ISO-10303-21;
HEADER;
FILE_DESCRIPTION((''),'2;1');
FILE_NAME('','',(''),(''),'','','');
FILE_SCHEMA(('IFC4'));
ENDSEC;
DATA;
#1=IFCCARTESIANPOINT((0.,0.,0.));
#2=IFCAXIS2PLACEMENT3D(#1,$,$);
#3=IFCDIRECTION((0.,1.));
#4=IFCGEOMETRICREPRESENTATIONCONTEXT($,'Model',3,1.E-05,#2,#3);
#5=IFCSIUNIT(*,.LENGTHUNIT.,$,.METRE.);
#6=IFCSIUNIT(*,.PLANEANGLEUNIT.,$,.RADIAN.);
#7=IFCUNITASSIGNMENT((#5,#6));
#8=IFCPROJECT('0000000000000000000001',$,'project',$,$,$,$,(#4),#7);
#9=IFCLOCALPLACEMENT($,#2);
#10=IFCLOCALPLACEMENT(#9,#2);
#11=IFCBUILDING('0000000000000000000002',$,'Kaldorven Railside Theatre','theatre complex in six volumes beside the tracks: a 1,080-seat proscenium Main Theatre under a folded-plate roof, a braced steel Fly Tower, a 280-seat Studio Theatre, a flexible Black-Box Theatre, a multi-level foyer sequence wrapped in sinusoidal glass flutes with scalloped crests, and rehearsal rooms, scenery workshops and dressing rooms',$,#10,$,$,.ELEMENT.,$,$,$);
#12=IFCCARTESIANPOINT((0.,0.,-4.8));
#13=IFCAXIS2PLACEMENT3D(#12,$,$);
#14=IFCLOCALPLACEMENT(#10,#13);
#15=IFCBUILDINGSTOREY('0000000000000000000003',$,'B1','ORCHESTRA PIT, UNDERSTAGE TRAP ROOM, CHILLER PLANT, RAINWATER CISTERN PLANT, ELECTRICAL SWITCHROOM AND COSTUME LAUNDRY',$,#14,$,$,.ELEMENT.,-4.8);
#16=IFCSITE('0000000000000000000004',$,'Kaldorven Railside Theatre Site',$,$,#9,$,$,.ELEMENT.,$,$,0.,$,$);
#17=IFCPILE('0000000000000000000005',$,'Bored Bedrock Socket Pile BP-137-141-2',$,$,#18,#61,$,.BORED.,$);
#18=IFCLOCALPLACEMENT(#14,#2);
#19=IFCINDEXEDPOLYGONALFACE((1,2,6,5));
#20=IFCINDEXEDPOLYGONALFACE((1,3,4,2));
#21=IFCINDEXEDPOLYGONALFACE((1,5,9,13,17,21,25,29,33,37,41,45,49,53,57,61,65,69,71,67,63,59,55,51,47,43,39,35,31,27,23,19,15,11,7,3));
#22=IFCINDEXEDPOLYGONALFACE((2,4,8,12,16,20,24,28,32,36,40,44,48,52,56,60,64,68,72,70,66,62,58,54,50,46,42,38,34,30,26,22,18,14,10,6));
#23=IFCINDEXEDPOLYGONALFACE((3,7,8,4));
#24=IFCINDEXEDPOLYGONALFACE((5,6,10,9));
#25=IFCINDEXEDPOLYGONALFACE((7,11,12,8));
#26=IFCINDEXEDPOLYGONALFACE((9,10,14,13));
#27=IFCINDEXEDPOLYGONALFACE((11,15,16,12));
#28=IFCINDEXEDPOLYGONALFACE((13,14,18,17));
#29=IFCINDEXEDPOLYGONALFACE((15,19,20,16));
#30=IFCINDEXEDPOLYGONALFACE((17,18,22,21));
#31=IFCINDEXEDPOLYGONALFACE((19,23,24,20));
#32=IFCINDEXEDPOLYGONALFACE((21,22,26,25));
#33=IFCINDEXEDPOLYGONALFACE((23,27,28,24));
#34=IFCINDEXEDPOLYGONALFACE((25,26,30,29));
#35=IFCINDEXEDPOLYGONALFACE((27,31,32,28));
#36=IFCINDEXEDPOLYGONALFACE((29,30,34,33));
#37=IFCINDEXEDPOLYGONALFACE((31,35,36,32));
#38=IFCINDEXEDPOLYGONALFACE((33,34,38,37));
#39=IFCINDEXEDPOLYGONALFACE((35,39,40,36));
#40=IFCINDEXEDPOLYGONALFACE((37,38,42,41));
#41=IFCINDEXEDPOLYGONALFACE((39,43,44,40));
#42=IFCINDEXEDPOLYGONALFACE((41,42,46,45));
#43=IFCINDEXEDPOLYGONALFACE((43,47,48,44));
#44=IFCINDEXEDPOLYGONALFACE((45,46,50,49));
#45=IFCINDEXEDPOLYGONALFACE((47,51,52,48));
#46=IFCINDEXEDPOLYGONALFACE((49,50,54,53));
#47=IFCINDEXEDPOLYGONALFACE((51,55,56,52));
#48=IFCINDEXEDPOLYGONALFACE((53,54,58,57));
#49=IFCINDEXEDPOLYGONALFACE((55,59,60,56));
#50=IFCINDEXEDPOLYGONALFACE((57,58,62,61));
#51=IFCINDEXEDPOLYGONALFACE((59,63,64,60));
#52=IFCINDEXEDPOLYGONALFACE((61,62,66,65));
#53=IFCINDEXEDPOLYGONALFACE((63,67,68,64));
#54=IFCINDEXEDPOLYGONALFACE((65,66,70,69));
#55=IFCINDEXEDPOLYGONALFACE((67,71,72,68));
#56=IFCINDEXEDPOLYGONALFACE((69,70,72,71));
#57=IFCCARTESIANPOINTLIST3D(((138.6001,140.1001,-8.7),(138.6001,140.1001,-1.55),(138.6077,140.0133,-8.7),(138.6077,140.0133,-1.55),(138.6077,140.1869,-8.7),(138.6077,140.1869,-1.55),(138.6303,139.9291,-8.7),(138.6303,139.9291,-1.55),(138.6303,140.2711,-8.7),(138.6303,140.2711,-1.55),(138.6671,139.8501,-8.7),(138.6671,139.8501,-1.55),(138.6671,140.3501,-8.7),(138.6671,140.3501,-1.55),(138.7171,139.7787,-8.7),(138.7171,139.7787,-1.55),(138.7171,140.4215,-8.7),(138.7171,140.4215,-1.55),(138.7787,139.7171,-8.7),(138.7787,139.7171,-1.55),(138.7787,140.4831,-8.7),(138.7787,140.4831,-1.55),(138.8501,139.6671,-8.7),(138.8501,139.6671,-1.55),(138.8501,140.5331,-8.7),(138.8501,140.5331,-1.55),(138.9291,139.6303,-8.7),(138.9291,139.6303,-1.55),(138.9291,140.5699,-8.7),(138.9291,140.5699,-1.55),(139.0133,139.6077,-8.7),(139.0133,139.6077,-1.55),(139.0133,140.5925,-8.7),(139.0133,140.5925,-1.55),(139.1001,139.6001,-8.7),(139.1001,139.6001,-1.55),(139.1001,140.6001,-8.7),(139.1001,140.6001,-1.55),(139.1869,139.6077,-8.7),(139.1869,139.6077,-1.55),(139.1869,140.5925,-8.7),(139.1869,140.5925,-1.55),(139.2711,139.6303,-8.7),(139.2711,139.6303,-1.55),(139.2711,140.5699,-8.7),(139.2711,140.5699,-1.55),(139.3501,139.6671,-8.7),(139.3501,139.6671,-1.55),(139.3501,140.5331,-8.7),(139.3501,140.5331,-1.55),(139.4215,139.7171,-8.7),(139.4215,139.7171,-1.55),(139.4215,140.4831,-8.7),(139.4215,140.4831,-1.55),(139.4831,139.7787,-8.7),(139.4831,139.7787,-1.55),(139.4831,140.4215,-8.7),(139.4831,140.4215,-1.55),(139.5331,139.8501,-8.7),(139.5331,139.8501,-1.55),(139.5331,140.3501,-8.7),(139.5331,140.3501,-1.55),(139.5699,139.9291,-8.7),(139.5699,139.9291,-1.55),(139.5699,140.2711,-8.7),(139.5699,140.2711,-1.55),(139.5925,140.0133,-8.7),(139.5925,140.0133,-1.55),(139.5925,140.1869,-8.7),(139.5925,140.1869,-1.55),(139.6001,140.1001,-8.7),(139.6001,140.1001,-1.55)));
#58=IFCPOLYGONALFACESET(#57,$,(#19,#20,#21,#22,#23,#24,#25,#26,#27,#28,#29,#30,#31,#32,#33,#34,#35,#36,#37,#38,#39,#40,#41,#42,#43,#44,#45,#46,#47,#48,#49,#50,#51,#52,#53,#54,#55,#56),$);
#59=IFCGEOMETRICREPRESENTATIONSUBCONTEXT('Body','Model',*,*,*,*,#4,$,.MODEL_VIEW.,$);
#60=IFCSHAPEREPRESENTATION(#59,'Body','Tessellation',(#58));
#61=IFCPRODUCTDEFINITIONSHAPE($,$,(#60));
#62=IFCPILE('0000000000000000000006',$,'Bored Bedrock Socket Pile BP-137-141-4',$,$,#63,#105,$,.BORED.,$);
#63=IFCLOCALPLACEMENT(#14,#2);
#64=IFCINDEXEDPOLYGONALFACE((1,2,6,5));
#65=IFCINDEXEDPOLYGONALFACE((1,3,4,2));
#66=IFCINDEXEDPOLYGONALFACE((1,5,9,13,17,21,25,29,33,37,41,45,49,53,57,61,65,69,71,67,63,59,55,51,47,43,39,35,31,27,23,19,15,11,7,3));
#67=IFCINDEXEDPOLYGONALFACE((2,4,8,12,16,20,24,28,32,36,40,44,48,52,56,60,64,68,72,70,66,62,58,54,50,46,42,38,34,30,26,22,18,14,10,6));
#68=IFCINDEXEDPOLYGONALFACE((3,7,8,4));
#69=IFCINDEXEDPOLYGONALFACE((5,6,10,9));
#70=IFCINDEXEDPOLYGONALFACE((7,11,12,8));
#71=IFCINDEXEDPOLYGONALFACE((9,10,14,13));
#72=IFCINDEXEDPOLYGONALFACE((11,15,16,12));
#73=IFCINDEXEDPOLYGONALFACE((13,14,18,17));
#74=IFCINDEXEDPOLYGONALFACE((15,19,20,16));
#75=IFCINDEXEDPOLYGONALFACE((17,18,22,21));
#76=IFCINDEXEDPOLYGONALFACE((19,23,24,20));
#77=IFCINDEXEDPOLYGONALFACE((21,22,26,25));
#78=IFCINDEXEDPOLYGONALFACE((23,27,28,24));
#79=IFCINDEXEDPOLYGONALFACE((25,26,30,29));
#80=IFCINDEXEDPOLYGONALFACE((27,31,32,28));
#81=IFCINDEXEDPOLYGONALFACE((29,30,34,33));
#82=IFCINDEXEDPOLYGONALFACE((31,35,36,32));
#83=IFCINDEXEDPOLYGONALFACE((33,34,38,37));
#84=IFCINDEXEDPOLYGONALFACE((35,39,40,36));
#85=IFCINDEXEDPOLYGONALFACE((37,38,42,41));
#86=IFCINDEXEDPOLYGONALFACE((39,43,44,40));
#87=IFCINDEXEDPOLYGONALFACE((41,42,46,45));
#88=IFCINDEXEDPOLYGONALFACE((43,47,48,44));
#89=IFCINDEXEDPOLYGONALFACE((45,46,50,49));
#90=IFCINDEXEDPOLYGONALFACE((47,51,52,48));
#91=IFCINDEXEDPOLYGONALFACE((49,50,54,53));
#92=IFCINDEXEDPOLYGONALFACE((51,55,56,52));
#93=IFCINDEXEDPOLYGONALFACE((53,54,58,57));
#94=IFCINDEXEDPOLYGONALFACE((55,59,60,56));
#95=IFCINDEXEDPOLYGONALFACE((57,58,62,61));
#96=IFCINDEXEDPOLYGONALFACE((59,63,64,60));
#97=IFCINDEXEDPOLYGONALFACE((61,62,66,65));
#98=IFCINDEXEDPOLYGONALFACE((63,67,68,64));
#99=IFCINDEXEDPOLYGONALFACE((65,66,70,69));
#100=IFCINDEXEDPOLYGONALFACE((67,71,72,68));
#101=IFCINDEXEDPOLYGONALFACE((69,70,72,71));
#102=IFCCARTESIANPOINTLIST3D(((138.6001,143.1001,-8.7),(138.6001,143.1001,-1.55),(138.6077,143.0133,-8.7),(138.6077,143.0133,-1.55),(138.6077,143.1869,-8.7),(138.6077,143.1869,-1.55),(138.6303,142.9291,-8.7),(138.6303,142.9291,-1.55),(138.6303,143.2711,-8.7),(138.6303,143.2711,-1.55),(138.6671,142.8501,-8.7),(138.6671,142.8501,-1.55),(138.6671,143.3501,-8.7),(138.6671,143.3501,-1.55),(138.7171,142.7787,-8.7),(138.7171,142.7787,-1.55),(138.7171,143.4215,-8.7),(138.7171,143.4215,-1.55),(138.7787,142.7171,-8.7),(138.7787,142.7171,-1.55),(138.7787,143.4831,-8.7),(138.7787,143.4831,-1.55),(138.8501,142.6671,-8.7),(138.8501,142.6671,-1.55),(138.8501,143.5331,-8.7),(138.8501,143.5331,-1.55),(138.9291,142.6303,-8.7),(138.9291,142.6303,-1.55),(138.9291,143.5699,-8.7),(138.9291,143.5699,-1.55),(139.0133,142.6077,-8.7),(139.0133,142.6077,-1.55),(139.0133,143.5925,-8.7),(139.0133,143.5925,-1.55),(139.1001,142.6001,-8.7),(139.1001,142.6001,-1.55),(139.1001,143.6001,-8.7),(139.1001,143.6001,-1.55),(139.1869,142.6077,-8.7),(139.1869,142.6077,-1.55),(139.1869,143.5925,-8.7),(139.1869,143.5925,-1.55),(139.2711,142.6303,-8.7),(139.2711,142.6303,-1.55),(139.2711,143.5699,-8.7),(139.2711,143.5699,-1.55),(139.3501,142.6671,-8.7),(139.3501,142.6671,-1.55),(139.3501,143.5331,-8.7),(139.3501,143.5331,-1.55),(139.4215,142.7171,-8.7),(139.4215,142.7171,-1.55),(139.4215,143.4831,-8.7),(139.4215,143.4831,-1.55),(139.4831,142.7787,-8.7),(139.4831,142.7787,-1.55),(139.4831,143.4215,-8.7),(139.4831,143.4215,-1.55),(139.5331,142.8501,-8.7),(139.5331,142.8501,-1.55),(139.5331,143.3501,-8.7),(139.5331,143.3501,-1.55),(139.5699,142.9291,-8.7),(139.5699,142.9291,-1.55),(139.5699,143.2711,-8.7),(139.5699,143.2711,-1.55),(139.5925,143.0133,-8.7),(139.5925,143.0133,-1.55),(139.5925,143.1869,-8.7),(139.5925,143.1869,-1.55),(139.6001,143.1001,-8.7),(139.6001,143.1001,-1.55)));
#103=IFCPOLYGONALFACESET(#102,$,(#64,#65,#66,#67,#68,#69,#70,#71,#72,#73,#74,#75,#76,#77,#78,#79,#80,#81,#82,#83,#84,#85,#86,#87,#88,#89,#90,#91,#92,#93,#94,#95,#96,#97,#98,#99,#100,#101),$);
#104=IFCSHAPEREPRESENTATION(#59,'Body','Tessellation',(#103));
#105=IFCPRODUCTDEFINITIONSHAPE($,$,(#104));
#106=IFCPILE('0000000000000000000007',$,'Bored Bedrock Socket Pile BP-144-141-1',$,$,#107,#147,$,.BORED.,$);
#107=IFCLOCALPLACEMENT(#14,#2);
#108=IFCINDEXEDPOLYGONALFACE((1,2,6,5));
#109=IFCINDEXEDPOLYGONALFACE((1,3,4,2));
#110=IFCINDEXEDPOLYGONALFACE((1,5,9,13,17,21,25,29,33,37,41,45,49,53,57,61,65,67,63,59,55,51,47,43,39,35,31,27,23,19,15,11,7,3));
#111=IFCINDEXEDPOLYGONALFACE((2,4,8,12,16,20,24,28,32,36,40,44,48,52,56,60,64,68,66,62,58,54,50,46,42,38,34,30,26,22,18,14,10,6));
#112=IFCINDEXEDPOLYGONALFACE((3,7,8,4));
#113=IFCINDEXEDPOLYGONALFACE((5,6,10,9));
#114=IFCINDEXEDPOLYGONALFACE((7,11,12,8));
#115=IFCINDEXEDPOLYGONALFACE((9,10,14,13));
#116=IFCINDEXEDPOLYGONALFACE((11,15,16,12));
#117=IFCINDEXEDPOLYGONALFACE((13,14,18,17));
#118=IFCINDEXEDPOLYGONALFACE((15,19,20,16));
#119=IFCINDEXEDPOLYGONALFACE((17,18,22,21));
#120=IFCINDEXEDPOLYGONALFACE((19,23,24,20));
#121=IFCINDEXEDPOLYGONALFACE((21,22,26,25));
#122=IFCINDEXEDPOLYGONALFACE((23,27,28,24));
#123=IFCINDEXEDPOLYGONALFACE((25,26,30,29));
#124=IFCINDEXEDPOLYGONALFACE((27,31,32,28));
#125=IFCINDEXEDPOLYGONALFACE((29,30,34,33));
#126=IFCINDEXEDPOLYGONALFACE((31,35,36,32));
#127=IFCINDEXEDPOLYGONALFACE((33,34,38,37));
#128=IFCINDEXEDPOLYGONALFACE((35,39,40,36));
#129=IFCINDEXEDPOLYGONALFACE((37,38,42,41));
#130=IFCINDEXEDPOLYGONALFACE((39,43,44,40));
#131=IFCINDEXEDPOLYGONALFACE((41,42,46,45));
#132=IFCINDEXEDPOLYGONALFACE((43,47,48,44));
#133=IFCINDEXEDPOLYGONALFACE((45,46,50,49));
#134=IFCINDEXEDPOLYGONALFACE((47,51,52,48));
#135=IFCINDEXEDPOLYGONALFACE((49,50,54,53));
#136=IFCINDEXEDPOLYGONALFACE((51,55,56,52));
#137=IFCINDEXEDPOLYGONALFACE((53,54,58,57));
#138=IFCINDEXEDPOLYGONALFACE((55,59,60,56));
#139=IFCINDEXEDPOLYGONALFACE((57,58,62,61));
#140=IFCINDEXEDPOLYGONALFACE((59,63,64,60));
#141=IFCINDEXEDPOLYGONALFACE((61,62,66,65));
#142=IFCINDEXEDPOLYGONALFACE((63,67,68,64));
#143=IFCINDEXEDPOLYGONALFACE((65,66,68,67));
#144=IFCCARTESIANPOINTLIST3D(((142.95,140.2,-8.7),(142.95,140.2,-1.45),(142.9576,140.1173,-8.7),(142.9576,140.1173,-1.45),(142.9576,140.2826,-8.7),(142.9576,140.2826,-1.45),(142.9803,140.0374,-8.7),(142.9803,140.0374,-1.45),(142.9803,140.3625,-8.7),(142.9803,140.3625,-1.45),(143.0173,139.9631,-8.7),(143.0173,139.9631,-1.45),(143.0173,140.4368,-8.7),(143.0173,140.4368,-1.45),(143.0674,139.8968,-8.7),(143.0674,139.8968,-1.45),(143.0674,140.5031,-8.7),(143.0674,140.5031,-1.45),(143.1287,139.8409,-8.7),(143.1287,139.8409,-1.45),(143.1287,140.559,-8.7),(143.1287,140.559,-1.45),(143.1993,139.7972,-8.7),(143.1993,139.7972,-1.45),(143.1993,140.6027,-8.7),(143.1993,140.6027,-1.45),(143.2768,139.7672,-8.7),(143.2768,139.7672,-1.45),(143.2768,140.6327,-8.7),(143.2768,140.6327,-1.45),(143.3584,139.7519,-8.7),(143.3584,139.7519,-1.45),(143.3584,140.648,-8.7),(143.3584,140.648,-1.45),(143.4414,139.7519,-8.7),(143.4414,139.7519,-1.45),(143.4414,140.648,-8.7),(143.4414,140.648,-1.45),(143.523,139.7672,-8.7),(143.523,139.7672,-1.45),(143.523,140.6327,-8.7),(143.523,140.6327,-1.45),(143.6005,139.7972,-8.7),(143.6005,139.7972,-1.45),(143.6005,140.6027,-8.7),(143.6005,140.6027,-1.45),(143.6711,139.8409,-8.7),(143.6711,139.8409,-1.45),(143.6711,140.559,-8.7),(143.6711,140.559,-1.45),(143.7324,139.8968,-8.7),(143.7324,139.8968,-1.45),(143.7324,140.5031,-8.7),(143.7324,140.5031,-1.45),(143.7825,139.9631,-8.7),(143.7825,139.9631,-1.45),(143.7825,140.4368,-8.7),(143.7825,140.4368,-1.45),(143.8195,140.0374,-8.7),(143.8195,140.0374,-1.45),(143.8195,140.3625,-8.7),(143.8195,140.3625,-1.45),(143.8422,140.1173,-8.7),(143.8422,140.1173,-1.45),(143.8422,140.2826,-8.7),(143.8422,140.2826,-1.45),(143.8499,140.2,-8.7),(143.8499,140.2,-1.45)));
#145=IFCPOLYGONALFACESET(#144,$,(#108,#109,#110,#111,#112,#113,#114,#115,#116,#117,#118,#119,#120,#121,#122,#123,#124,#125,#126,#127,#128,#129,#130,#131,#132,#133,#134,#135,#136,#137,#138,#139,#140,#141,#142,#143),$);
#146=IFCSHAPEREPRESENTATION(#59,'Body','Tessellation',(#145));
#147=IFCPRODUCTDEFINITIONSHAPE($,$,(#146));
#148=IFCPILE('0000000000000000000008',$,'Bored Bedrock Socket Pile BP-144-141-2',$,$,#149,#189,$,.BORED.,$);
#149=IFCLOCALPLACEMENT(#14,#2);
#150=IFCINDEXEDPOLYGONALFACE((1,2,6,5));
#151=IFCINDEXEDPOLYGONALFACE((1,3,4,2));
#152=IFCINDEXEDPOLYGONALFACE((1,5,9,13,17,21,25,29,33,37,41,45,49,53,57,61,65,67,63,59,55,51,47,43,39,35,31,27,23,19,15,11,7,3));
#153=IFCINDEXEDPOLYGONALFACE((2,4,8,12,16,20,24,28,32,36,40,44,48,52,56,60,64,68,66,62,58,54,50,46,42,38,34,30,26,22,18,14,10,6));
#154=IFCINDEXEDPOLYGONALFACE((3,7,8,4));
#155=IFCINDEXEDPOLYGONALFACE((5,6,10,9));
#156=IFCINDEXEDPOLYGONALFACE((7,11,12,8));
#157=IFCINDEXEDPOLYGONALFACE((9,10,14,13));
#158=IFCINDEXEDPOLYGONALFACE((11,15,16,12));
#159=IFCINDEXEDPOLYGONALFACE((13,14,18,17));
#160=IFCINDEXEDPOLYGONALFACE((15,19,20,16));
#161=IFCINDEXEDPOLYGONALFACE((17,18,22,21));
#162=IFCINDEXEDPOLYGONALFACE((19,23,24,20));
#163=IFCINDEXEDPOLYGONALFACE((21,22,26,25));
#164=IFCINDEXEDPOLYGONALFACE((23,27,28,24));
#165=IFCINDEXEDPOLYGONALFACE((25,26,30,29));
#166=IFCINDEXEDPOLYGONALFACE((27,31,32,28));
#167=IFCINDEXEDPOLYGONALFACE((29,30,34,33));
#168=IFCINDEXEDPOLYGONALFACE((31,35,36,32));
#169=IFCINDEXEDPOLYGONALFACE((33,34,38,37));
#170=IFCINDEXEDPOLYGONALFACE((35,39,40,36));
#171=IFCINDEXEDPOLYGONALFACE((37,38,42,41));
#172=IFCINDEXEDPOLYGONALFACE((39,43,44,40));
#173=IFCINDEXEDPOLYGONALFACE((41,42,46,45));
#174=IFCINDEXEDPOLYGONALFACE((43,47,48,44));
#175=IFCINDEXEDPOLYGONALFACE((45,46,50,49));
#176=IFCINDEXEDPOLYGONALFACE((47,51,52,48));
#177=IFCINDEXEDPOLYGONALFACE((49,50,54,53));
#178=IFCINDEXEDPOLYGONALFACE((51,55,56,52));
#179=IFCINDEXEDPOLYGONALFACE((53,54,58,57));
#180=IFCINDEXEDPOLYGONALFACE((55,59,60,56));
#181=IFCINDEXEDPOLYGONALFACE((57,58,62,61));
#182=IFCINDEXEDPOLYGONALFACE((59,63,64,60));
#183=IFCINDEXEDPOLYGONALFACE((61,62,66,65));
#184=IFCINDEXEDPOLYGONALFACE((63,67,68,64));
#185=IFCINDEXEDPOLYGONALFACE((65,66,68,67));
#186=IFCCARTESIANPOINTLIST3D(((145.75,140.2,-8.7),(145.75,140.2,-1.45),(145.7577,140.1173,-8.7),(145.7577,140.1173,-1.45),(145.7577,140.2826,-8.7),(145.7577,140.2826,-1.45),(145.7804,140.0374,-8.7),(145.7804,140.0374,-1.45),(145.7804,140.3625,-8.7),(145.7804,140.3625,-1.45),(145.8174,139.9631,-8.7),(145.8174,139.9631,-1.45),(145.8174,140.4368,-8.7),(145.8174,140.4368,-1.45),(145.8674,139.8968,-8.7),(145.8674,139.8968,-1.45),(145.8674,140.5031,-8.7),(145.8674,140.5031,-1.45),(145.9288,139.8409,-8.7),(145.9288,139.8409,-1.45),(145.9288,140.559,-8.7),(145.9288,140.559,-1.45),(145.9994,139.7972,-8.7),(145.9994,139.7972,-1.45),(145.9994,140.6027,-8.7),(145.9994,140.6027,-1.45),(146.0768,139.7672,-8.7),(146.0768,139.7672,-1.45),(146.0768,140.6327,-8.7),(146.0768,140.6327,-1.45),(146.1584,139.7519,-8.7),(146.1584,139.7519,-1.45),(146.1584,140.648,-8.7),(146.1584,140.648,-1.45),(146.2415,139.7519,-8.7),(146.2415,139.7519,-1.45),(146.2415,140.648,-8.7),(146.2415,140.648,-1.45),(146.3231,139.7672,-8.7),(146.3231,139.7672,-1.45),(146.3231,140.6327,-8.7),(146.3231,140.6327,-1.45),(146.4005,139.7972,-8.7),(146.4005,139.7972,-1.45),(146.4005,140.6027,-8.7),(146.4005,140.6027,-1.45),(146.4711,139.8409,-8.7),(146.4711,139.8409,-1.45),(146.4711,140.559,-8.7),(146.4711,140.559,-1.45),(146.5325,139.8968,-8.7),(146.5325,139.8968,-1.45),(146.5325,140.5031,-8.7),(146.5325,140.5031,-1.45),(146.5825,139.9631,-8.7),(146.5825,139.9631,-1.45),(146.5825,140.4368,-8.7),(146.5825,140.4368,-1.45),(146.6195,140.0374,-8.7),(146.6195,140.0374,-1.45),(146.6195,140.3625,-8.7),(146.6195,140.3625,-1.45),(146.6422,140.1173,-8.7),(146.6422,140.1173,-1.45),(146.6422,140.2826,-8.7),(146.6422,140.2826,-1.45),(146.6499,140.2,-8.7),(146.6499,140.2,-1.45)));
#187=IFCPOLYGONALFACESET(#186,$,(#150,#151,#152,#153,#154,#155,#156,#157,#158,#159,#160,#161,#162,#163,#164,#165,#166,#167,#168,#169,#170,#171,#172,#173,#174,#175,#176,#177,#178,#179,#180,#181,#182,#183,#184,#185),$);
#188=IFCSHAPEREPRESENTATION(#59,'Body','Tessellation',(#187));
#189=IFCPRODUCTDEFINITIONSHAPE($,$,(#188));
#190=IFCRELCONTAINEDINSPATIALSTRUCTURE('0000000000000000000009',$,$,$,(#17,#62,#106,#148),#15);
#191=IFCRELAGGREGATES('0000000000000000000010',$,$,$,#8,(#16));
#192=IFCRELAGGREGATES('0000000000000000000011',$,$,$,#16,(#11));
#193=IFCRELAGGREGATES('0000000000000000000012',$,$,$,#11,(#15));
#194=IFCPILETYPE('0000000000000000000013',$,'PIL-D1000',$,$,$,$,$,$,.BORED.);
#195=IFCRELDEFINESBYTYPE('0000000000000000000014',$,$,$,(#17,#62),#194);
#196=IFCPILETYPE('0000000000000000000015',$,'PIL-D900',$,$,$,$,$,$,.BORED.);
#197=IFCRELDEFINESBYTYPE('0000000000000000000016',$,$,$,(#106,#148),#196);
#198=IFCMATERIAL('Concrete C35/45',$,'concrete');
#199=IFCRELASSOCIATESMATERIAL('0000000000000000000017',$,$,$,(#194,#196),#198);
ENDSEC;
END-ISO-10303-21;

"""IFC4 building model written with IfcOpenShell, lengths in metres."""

from ifc_helpers import new_model, si_unit, direction, frame, origin, origin_2d, place, context, subcontext, project, spatial, circle, extrude, material, material_profile, profile_set, type_object, element, save


model = new_model("IFC4")

# Units and contexts
model_context = context("Model", 3, precision=1e-05, world=origin(), true_north=direction((0.0, 1.0)))
body_context = subcontext(model_context, "Body", "Model", "MODEL_VIEW")
ifc_project = project(units=[si_unit("LENGTHUNIT", "METRE"), si_unit("PLANEANGLEUNIT", "RADIAN")], contexts=[model_context])

# Site, building, storey
site_placement = place(None, origin())
site = spatial("IfcSite", under=ifc_project, at=site_placement, Name="Kaldorven Railside Theatre Site", CompositionType="ELEMENT", RefElevation=0.0)
building_placement = place(site_placement, origin())
building = spatial("IfcBuilding", under=site, at=building_placement, Name="Kaldorven Railside Theatre", Description="theatre complex in six volumes beside the tracks: a 1,080-seat proscenium Main Theatre under a folded-plate roof, a braced steel Fly Tower, a 280-seat Studio Theatre, a flexible Black-Box Theatre, a multi-level foyer sequence wrapped in sinusoidal glass flutes with scalloped crests, and rehearsal rooms, scenery workshops and dressing rooms", CompositionType="ELEMENT")
storey_placement = place(building_placement, frame((0.0, 0.0, -4.8)))
storey = spatial("IfcBuildingStorey", under=building, at=storey_placement, Name="B1", Description="ORCHESTRA PIT, UNDERSTAGE TRAP ROOM, CHILLER PLANT, RAINWATER CISTERN PLANT, ELECTRICAL SWITCHROOM AND COSTUME LAUNDRY", CompositionType="ELEMENT", Elevation=-4.8)

# Piles
ifc_material_1 = material(Name="Concrete C35/45", Category="concrete")
ifc_material_profile_1 = material_profile(ifc_material_1, circle(Radius=0.5, at=origin_2d()), Name="BP D1000")
ifc_profile_set_1 = profile_set([ifc_material_profile_1], Name="Concrete C35/45")
pile_type_1 = type_object("IfcPileType", Name="PIL-D1000", PredefinedType="BORED", material=ifc_profile_set_1)
for number, where, z_axis, x_axis, name in (
    (1, (139.1001, 140.1001, -1.55), (0.0, 0.0, -1.0), (1.0, 0.0, 0.0), "Bored Bedrock Socket Pile BP-137-141-2"),
    (2, (139.1001, 143.1001, -1.55), (0.0, 0.0, -1.0), (1.0, 0.0, 0.0), "Bored Bedrock Socket Pile BP-137-141-4"),
):
    element("IfcPile", number, at=place(storey_placement, frame(where, z_axis=z_axis, x_axis=x_axis)), inside=storey, type_object=pile_type_1, Name=name, PredefinedType="BORED", context=body_context, shape_type="SweptSolid", body=[
        extrude(circle(Radius=0.5, at=origin_2d()), origin(), (0.0, 0.0, 1.0), 7.1499),
    ])
ifc_material_profile_2 = material_profile(ifc_material_1, circle(Radius=0.45, at=origin_2d()), Name="BP D900")
ifc_profile_set_2 = profile_set([ifc_material_profile_2], Name="Concrete C35/45")
pile_type_2 = type_object("IfcPileType", Name="PIL-D900", PredefinedType="BORED", material=ifc_profile_set_2)
for number, where, z_axis, x_axis, name in (
    (3, (143.3999, 140.2, -1.45), (0.0, 0.0, -1.0), (1.0, 0.0, 0.0), "Bored Bedrock Socket Pile BP-144-141-1"),
    (4, (146.2, 140.2, -1.45), (0.0, 0.0, -1.0), (1.0, 0.0, 0.0), "Bored Bedrock Socket Pile BP-144-141-2"),
):
    element("IfcPile", number, at=place(storey_placement, frame(where, z_axis=z_axis, x_axis=x_axis)), inside=storey, type_object=pile_type_2, Name=name, PredefinedType="BORED", context=body_context, shape_type="SweptSolid", body=[
        extrude(circle(Radius=0.45, at=origin_2d()), origin(), (0.0, 0.0, 1.0), 7.25),
    ])

save(model, "model.ifc")
